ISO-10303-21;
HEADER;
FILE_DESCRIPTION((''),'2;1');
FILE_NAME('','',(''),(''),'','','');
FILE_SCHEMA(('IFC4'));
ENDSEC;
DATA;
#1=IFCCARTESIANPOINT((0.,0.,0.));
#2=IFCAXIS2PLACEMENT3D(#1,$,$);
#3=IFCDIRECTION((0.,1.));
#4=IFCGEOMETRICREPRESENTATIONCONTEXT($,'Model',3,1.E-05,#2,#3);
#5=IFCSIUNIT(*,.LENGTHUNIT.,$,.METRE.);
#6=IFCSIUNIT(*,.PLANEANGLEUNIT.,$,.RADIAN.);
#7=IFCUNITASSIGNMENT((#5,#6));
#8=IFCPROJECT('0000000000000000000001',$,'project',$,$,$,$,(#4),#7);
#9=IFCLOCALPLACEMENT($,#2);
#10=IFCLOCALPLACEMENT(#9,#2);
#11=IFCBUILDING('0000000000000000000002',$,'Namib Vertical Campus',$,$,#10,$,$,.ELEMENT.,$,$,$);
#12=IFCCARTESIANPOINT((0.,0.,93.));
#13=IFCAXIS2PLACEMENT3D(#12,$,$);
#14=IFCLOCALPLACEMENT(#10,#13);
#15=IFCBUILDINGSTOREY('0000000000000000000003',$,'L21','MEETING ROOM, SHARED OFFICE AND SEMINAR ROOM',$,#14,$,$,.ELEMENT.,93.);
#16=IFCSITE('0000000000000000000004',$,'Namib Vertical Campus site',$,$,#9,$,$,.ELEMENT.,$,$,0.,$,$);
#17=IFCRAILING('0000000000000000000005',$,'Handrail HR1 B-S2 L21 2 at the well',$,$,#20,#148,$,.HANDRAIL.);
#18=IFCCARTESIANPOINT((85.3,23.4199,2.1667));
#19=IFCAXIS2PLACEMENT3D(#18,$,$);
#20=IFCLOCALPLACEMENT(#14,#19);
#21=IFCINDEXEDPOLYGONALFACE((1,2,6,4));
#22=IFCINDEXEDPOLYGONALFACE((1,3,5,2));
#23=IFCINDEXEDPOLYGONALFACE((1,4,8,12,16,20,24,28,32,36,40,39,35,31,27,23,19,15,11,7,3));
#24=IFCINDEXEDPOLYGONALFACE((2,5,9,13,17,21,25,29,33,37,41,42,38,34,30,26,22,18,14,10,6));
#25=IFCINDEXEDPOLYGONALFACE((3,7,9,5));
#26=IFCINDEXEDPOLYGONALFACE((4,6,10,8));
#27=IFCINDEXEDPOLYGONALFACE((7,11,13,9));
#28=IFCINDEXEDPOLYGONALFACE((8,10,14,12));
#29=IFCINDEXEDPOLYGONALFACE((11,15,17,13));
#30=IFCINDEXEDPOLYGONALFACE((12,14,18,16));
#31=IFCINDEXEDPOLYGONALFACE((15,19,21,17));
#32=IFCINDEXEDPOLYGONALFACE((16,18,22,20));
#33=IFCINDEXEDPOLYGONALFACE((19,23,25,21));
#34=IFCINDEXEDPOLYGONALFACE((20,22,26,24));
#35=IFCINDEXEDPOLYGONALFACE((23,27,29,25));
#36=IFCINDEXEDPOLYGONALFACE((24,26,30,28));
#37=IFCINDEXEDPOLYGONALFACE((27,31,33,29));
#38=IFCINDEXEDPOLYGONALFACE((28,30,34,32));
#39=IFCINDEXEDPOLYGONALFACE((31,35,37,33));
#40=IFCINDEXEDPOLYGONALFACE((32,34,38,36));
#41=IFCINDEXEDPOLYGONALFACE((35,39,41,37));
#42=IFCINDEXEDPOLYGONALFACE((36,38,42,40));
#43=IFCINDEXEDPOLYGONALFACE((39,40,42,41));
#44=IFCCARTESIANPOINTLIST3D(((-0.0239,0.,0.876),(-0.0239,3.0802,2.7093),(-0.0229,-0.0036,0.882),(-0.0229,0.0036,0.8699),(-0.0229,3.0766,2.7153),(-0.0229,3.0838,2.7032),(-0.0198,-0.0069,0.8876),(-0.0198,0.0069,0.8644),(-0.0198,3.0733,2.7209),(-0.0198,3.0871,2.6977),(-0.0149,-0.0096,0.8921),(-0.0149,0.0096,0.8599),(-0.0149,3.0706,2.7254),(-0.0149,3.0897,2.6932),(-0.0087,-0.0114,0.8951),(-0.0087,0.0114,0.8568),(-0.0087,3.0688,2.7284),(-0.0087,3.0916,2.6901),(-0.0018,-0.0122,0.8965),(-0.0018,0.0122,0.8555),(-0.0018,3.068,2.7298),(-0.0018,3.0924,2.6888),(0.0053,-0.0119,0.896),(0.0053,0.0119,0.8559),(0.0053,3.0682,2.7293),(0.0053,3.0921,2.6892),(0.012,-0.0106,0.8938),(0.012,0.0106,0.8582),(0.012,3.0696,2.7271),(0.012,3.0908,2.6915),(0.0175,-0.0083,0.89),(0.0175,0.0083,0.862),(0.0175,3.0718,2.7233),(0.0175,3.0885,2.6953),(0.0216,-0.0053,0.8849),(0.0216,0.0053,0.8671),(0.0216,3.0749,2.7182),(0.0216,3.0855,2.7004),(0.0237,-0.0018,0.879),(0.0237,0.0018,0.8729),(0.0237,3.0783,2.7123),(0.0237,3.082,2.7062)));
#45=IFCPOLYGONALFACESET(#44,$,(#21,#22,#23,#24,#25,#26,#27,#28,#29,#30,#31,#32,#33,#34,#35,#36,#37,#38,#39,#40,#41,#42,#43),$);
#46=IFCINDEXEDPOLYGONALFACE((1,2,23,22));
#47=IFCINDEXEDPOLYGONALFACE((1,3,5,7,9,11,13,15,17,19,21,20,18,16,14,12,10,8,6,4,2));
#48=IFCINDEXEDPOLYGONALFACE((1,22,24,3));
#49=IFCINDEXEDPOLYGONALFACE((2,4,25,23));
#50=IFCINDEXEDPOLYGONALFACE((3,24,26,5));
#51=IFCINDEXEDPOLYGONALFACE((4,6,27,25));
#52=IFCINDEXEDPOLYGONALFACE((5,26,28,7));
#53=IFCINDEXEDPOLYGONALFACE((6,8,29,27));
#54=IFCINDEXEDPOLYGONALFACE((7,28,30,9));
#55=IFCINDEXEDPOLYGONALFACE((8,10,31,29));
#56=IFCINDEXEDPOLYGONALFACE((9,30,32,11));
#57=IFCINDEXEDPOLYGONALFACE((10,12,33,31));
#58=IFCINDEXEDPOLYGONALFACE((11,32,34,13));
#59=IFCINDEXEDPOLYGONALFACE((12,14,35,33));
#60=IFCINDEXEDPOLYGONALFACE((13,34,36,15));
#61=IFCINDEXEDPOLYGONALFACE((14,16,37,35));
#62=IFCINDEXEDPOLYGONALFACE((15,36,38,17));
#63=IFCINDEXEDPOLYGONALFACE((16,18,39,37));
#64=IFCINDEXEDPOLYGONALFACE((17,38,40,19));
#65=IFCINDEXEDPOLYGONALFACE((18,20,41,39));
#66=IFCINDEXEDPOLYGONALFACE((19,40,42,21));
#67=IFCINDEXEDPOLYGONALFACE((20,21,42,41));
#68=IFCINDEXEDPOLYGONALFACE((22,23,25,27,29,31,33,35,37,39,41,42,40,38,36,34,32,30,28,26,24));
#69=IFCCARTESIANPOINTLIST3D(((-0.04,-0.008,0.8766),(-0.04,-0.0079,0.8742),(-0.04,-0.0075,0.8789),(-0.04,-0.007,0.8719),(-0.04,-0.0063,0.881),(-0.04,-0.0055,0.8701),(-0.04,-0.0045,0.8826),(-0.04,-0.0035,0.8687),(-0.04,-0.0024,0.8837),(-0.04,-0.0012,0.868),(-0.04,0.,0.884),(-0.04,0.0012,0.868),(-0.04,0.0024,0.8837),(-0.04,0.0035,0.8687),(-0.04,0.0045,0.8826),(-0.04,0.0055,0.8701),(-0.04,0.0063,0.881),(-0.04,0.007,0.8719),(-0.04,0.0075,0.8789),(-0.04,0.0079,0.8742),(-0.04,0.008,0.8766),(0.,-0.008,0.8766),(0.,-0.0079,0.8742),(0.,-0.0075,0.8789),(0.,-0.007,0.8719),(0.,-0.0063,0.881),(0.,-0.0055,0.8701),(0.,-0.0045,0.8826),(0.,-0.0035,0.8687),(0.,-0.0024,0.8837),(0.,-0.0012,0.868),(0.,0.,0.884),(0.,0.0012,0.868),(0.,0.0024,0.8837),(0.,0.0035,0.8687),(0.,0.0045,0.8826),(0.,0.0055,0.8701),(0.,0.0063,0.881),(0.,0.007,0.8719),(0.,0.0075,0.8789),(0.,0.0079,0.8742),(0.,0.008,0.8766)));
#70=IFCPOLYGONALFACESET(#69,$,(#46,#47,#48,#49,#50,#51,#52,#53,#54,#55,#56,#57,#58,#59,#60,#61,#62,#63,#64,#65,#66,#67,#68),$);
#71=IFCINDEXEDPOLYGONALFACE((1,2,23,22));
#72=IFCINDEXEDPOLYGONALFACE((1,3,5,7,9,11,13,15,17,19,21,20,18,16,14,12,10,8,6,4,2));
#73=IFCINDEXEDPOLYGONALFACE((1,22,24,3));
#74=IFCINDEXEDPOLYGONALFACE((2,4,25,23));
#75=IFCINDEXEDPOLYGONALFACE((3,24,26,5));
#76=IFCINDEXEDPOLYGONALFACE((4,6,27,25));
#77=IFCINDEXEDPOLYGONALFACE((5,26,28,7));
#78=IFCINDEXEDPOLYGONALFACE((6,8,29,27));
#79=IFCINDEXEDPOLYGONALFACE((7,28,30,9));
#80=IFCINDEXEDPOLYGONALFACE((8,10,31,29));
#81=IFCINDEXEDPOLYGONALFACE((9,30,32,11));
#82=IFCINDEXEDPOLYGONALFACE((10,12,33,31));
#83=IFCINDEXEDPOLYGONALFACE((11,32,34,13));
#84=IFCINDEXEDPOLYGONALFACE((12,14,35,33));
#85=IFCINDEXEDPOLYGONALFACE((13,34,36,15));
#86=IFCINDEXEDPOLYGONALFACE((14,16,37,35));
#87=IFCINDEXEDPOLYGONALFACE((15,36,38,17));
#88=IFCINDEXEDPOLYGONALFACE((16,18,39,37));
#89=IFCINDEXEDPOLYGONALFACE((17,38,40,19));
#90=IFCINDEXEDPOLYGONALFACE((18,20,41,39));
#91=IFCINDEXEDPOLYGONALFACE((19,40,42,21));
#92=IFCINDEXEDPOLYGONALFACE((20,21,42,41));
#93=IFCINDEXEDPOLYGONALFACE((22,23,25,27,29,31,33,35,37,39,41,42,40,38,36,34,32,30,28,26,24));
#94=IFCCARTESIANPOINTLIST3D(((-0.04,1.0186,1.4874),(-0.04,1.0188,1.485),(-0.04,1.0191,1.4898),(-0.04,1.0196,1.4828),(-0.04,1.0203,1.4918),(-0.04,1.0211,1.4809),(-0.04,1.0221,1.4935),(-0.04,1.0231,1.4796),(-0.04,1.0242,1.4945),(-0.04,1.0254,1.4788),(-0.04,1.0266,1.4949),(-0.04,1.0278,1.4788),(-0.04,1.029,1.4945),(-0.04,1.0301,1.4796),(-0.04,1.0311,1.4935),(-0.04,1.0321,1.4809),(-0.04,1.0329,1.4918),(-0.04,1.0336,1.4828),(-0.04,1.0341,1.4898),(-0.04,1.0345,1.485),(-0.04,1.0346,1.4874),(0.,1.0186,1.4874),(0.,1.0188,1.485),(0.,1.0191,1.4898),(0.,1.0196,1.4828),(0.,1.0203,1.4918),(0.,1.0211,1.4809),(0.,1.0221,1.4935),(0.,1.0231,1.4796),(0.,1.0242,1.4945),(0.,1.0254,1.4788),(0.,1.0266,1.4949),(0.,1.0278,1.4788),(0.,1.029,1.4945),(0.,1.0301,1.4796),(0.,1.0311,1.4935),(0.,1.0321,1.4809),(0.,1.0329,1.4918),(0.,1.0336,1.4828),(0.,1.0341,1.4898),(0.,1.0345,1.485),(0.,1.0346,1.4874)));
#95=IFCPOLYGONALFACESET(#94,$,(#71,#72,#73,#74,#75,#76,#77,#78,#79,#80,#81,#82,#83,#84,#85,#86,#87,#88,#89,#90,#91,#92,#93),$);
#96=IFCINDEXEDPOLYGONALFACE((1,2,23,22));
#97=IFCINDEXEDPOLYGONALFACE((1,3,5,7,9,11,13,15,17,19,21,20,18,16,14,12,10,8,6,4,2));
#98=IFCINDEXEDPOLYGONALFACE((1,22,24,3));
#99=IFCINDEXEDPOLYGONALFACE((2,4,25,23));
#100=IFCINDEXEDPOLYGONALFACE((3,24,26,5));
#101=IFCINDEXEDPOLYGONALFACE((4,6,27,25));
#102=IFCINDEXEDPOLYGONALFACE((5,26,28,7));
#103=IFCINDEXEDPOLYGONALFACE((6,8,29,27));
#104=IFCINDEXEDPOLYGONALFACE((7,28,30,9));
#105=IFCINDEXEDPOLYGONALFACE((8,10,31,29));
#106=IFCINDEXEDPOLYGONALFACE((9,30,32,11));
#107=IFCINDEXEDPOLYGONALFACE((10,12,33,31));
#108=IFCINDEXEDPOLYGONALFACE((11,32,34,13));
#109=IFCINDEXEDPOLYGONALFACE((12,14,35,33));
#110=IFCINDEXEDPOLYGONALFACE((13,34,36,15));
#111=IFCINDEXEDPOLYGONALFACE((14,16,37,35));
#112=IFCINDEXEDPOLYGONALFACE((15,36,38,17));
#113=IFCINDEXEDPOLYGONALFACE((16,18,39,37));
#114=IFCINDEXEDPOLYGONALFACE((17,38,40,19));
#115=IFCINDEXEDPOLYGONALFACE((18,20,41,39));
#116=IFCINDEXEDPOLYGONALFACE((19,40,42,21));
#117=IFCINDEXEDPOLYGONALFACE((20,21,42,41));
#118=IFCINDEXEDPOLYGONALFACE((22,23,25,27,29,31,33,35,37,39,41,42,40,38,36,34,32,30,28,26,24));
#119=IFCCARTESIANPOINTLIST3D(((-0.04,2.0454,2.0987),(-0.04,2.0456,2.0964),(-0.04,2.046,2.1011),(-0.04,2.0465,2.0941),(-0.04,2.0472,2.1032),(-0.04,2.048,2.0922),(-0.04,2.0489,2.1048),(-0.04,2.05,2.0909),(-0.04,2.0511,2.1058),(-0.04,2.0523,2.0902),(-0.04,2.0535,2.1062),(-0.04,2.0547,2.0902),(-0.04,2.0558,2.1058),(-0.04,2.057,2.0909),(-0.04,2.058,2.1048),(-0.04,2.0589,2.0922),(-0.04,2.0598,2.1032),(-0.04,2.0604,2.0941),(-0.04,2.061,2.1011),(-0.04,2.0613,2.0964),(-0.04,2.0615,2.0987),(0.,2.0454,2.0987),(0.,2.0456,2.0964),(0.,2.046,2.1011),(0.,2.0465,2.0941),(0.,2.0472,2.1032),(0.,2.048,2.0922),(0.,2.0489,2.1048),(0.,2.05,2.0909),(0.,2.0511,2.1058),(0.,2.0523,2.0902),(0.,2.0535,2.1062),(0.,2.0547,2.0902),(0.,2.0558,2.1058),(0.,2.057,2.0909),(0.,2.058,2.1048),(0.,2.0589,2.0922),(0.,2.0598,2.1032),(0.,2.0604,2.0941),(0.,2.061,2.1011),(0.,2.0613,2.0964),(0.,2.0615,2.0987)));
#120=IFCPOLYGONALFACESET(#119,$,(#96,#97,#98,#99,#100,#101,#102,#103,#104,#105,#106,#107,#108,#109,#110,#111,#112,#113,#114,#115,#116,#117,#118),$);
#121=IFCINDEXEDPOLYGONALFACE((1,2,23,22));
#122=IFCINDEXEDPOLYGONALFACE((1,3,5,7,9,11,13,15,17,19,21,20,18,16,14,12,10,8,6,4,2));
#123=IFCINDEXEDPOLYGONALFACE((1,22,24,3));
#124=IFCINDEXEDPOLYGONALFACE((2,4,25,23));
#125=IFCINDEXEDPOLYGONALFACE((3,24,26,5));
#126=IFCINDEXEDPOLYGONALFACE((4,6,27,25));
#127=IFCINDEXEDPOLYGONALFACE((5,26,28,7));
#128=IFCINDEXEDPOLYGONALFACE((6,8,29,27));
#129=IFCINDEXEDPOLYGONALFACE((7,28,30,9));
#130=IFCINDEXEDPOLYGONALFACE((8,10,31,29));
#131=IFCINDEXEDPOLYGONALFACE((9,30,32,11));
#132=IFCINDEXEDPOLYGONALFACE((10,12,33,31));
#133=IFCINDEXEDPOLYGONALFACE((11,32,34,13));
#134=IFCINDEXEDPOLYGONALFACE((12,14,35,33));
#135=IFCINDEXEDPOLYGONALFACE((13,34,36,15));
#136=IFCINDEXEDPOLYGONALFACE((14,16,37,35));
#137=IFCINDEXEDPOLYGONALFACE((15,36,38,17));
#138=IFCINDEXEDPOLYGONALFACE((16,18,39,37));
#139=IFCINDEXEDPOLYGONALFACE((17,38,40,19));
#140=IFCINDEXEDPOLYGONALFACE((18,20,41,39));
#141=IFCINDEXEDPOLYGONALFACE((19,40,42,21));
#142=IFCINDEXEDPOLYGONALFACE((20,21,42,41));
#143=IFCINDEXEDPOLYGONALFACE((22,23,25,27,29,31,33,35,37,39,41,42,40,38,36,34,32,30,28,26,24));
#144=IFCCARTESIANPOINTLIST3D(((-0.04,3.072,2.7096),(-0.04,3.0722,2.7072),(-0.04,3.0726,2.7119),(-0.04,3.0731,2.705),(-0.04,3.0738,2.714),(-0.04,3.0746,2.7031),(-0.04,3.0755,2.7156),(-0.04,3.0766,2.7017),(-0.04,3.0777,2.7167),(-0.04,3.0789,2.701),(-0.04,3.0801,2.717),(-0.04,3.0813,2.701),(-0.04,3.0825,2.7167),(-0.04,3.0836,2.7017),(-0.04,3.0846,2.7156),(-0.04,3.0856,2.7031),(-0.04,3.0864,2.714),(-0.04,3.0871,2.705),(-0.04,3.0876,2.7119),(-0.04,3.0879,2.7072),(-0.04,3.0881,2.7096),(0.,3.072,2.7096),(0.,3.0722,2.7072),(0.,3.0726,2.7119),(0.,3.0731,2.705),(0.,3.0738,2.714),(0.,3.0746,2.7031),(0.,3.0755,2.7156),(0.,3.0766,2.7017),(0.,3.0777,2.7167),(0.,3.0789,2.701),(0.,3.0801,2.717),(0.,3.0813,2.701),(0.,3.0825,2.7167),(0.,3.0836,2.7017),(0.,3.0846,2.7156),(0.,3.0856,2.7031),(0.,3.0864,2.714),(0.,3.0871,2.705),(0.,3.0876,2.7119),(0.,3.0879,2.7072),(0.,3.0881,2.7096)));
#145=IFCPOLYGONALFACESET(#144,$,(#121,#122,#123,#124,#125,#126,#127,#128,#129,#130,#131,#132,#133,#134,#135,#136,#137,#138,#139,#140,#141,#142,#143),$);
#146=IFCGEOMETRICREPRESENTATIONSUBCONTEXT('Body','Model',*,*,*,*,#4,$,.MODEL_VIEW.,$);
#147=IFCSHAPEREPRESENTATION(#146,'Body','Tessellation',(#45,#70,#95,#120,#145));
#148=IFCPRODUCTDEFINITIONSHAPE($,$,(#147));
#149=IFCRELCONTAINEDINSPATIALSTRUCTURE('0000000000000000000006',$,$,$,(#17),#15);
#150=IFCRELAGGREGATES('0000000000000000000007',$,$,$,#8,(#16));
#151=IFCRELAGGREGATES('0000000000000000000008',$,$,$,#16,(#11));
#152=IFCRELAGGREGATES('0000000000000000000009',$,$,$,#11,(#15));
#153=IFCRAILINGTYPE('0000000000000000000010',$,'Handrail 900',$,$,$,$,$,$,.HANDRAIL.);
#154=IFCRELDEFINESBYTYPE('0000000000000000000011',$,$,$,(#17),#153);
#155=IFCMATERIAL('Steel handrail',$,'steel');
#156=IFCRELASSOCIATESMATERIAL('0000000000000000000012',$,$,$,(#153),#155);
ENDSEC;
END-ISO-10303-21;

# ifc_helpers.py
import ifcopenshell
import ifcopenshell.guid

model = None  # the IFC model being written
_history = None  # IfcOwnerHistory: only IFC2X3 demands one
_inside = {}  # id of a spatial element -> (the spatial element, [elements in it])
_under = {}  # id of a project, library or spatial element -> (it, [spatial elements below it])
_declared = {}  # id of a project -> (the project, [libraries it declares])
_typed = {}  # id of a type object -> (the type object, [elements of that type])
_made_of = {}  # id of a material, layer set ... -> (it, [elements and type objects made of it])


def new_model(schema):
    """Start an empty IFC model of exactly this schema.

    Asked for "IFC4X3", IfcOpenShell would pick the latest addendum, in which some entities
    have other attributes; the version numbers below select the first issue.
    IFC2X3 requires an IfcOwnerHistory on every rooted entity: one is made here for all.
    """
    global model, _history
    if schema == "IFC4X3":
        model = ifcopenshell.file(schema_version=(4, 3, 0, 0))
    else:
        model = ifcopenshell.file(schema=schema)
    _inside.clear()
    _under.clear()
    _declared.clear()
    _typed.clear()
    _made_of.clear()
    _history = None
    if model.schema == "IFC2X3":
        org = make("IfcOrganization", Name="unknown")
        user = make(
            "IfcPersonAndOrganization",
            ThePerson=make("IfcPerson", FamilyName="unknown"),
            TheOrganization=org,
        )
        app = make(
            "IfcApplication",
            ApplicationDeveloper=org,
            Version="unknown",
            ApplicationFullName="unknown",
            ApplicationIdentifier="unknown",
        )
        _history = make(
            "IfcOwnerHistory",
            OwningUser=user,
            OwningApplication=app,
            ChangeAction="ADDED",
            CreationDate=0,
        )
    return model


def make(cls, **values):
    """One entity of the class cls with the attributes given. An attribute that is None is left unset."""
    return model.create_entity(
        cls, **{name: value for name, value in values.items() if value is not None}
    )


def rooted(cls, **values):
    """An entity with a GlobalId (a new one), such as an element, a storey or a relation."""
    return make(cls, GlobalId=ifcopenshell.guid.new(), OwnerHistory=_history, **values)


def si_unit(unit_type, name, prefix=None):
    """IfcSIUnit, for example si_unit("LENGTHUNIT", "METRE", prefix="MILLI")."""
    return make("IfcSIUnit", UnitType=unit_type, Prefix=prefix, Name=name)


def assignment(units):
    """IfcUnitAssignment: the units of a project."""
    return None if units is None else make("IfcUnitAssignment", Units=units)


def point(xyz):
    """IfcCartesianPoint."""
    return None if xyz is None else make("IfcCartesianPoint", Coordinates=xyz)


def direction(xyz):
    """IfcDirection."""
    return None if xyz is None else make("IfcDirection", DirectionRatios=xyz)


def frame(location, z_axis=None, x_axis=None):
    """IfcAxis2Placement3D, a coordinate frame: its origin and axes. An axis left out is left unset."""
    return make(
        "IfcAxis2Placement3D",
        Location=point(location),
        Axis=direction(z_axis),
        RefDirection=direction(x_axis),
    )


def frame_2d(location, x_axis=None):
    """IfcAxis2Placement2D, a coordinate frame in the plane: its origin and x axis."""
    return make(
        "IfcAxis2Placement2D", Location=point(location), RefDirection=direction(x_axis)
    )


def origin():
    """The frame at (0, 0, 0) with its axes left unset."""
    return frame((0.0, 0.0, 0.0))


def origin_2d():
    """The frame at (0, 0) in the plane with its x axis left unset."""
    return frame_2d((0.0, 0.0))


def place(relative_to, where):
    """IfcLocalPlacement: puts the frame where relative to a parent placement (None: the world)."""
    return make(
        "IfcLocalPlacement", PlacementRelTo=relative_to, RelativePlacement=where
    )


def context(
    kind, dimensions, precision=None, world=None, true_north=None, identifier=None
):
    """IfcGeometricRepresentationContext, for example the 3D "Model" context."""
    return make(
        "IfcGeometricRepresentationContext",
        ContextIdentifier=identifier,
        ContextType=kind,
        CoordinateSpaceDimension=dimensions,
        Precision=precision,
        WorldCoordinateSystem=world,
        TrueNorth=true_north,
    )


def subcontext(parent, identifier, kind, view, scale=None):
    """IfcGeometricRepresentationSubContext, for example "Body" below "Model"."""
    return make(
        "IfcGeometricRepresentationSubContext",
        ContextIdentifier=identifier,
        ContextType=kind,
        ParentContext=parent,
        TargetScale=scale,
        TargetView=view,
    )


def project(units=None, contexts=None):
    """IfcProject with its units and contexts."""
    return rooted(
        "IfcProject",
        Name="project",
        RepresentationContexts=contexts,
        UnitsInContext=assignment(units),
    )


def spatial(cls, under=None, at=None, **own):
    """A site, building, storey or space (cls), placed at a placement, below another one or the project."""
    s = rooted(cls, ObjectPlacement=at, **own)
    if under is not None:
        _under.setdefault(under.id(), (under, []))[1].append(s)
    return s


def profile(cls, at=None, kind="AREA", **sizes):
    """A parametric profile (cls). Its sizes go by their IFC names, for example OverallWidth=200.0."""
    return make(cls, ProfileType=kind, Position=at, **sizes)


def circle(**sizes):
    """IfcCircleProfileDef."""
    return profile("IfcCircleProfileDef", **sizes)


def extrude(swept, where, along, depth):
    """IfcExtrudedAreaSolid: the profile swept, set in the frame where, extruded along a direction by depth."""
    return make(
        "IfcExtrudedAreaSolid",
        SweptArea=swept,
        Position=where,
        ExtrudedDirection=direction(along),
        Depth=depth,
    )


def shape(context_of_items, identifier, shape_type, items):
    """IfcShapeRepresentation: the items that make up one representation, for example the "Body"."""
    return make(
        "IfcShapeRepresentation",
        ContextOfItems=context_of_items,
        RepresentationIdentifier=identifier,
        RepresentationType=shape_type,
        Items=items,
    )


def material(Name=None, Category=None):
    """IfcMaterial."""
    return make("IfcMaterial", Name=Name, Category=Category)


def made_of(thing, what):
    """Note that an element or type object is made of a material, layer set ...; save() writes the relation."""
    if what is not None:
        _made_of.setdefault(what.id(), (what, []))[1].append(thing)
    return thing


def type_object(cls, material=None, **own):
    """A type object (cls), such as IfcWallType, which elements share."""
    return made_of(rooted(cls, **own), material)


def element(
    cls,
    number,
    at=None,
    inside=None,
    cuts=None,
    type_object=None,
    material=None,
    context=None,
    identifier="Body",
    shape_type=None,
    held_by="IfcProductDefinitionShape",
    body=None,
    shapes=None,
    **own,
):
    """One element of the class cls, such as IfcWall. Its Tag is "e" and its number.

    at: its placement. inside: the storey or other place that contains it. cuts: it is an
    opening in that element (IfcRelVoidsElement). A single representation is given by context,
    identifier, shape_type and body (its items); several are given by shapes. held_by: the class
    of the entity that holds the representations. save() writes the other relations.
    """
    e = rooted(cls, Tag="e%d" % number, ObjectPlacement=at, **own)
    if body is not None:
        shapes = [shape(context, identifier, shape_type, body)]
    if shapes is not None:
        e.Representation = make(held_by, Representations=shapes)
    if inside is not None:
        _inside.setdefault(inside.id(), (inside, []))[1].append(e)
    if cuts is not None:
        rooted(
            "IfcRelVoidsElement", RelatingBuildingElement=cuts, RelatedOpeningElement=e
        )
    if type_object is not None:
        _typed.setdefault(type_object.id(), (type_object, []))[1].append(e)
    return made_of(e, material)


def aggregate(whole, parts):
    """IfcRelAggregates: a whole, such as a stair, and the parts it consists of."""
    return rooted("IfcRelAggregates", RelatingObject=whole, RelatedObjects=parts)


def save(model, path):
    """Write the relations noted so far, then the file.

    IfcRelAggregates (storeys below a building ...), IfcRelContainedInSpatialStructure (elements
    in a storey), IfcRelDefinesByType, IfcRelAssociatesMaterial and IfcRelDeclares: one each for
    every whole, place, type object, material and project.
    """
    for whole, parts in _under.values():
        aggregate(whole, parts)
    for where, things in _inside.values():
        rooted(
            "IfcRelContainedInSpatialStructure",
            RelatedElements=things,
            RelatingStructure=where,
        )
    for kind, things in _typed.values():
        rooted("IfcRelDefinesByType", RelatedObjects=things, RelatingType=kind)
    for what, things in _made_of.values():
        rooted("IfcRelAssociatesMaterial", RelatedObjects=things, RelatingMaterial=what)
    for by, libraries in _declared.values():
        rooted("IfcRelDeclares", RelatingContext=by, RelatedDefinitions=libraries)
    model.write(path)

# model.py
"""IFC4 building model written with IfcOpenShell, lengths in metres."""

from ifc_helpers import new_model, si_unit, direction, frame, origin, origin_2d, place, context, subcontext, project, spatial, circle, extrude, material, type_object, element, save


model = new_model("IFC4")

# Units and contexts
model_context = context("Model", 3, precision=1e-05, world=origin(), true_north=direction((0.0, 1.0)))
body_context = subcontext(model_context, "Body", "Model", "MODEL_VIEW")
ifc_project = project(units=[si_unit("LENGTHUNIT", "METRE"), si_unit("PLANEANGLEUNIT", "RADIAN")], contexts=[model_context])

# Site, building, storey
site_placement = place(None, origin())
site = spatial("IfcSite", under=ifc_project, at=site_placement, Name="Namib Vertical Campus site", CompositionType="ELEMENT", RefElevation=0.0)
building_placement = place(site_placement, origin())
building = spatial("IfcBuilding", under=site, at=building_placement, Name="Namib Vertical Campus", CompositionType="ELEMENT")
storey_placement = place(building_placement, frame((0.0, 0.0, 93.0)))
storey = spatial("IfcBuildingStorey", under=building, at=storey_placement, Name="L21", Description="MEETING ROOM, SHARED OFFICE AND SEMINAR ROOM", CompositionType="ELEMENT", Elevation=93.0)

# Railing
ifc_material_1 = material(Name="Steel handrail", Category="steel")
railing_type = type_object("IfcRailingType", Name="Handrail 900", PredefinedType="HANDRAIL", material=ifc_material_1)
railing_1_placement = place(storey_placement, frame((85.3, 23.4199, 2.1667)))
element("IfcRailing", 1, at=railing_1_placement, inside=storey, type_object=railing_type, Name="Handrail HR1 B-S2 L21 2 at the well", PredefinedType="HANDRAIL", context=body_context, shape_type="SweptSolid", body=[
    extrude(circle(Radius=0.0239, at=origin_2d()), frame((0.0, 0.0, 0.876), z_axis=(0.0, 0.859309, 0.511458), x_axis=(-1.0, 0.0, 0.0)), (0.0, 0.0, 1.0), 3.5845),
    extrude(circle(Radius=0.0081, at=origin_2d()), frame((0.0, 0.0, 0.876), z_axis=(-1.0, 0.0, 0.0), x_axis=(0.0, 0.0, 1.0)), (0.0, 0.0, 1.0), 0.04),
    extrude(circle(Radius=0.0081, at=origin_2d()), frame((0.0, 1.0266, 1.4868), z_axis=(-1.0, 0.0, 0.0), x_axis=(0.0, 0.0, 1.0)), (0.0, 0.0, 1.0), 0.04),
    extrude(circle(Radius=0.0081, at=origin_2d()), frame((0.0, 2.0535, 2.0981), z_axis=(-1.0, 0.0, 0.0), x_axis=(0.0, 0.0, 1.0)), (0.0, 0.0, 1.0), 0.04),
    extrude(circle(Radius=0.0081, at=origin_2d()), frame((0.0, 3.0801, 2.709), z_axis=(-1.0, 0.0, 0.0), x_axis=(0.0, 0.0, 1.0)), (0.0, 0.0, 1.0), 0.04),
])

save(model, "model.ifc")
